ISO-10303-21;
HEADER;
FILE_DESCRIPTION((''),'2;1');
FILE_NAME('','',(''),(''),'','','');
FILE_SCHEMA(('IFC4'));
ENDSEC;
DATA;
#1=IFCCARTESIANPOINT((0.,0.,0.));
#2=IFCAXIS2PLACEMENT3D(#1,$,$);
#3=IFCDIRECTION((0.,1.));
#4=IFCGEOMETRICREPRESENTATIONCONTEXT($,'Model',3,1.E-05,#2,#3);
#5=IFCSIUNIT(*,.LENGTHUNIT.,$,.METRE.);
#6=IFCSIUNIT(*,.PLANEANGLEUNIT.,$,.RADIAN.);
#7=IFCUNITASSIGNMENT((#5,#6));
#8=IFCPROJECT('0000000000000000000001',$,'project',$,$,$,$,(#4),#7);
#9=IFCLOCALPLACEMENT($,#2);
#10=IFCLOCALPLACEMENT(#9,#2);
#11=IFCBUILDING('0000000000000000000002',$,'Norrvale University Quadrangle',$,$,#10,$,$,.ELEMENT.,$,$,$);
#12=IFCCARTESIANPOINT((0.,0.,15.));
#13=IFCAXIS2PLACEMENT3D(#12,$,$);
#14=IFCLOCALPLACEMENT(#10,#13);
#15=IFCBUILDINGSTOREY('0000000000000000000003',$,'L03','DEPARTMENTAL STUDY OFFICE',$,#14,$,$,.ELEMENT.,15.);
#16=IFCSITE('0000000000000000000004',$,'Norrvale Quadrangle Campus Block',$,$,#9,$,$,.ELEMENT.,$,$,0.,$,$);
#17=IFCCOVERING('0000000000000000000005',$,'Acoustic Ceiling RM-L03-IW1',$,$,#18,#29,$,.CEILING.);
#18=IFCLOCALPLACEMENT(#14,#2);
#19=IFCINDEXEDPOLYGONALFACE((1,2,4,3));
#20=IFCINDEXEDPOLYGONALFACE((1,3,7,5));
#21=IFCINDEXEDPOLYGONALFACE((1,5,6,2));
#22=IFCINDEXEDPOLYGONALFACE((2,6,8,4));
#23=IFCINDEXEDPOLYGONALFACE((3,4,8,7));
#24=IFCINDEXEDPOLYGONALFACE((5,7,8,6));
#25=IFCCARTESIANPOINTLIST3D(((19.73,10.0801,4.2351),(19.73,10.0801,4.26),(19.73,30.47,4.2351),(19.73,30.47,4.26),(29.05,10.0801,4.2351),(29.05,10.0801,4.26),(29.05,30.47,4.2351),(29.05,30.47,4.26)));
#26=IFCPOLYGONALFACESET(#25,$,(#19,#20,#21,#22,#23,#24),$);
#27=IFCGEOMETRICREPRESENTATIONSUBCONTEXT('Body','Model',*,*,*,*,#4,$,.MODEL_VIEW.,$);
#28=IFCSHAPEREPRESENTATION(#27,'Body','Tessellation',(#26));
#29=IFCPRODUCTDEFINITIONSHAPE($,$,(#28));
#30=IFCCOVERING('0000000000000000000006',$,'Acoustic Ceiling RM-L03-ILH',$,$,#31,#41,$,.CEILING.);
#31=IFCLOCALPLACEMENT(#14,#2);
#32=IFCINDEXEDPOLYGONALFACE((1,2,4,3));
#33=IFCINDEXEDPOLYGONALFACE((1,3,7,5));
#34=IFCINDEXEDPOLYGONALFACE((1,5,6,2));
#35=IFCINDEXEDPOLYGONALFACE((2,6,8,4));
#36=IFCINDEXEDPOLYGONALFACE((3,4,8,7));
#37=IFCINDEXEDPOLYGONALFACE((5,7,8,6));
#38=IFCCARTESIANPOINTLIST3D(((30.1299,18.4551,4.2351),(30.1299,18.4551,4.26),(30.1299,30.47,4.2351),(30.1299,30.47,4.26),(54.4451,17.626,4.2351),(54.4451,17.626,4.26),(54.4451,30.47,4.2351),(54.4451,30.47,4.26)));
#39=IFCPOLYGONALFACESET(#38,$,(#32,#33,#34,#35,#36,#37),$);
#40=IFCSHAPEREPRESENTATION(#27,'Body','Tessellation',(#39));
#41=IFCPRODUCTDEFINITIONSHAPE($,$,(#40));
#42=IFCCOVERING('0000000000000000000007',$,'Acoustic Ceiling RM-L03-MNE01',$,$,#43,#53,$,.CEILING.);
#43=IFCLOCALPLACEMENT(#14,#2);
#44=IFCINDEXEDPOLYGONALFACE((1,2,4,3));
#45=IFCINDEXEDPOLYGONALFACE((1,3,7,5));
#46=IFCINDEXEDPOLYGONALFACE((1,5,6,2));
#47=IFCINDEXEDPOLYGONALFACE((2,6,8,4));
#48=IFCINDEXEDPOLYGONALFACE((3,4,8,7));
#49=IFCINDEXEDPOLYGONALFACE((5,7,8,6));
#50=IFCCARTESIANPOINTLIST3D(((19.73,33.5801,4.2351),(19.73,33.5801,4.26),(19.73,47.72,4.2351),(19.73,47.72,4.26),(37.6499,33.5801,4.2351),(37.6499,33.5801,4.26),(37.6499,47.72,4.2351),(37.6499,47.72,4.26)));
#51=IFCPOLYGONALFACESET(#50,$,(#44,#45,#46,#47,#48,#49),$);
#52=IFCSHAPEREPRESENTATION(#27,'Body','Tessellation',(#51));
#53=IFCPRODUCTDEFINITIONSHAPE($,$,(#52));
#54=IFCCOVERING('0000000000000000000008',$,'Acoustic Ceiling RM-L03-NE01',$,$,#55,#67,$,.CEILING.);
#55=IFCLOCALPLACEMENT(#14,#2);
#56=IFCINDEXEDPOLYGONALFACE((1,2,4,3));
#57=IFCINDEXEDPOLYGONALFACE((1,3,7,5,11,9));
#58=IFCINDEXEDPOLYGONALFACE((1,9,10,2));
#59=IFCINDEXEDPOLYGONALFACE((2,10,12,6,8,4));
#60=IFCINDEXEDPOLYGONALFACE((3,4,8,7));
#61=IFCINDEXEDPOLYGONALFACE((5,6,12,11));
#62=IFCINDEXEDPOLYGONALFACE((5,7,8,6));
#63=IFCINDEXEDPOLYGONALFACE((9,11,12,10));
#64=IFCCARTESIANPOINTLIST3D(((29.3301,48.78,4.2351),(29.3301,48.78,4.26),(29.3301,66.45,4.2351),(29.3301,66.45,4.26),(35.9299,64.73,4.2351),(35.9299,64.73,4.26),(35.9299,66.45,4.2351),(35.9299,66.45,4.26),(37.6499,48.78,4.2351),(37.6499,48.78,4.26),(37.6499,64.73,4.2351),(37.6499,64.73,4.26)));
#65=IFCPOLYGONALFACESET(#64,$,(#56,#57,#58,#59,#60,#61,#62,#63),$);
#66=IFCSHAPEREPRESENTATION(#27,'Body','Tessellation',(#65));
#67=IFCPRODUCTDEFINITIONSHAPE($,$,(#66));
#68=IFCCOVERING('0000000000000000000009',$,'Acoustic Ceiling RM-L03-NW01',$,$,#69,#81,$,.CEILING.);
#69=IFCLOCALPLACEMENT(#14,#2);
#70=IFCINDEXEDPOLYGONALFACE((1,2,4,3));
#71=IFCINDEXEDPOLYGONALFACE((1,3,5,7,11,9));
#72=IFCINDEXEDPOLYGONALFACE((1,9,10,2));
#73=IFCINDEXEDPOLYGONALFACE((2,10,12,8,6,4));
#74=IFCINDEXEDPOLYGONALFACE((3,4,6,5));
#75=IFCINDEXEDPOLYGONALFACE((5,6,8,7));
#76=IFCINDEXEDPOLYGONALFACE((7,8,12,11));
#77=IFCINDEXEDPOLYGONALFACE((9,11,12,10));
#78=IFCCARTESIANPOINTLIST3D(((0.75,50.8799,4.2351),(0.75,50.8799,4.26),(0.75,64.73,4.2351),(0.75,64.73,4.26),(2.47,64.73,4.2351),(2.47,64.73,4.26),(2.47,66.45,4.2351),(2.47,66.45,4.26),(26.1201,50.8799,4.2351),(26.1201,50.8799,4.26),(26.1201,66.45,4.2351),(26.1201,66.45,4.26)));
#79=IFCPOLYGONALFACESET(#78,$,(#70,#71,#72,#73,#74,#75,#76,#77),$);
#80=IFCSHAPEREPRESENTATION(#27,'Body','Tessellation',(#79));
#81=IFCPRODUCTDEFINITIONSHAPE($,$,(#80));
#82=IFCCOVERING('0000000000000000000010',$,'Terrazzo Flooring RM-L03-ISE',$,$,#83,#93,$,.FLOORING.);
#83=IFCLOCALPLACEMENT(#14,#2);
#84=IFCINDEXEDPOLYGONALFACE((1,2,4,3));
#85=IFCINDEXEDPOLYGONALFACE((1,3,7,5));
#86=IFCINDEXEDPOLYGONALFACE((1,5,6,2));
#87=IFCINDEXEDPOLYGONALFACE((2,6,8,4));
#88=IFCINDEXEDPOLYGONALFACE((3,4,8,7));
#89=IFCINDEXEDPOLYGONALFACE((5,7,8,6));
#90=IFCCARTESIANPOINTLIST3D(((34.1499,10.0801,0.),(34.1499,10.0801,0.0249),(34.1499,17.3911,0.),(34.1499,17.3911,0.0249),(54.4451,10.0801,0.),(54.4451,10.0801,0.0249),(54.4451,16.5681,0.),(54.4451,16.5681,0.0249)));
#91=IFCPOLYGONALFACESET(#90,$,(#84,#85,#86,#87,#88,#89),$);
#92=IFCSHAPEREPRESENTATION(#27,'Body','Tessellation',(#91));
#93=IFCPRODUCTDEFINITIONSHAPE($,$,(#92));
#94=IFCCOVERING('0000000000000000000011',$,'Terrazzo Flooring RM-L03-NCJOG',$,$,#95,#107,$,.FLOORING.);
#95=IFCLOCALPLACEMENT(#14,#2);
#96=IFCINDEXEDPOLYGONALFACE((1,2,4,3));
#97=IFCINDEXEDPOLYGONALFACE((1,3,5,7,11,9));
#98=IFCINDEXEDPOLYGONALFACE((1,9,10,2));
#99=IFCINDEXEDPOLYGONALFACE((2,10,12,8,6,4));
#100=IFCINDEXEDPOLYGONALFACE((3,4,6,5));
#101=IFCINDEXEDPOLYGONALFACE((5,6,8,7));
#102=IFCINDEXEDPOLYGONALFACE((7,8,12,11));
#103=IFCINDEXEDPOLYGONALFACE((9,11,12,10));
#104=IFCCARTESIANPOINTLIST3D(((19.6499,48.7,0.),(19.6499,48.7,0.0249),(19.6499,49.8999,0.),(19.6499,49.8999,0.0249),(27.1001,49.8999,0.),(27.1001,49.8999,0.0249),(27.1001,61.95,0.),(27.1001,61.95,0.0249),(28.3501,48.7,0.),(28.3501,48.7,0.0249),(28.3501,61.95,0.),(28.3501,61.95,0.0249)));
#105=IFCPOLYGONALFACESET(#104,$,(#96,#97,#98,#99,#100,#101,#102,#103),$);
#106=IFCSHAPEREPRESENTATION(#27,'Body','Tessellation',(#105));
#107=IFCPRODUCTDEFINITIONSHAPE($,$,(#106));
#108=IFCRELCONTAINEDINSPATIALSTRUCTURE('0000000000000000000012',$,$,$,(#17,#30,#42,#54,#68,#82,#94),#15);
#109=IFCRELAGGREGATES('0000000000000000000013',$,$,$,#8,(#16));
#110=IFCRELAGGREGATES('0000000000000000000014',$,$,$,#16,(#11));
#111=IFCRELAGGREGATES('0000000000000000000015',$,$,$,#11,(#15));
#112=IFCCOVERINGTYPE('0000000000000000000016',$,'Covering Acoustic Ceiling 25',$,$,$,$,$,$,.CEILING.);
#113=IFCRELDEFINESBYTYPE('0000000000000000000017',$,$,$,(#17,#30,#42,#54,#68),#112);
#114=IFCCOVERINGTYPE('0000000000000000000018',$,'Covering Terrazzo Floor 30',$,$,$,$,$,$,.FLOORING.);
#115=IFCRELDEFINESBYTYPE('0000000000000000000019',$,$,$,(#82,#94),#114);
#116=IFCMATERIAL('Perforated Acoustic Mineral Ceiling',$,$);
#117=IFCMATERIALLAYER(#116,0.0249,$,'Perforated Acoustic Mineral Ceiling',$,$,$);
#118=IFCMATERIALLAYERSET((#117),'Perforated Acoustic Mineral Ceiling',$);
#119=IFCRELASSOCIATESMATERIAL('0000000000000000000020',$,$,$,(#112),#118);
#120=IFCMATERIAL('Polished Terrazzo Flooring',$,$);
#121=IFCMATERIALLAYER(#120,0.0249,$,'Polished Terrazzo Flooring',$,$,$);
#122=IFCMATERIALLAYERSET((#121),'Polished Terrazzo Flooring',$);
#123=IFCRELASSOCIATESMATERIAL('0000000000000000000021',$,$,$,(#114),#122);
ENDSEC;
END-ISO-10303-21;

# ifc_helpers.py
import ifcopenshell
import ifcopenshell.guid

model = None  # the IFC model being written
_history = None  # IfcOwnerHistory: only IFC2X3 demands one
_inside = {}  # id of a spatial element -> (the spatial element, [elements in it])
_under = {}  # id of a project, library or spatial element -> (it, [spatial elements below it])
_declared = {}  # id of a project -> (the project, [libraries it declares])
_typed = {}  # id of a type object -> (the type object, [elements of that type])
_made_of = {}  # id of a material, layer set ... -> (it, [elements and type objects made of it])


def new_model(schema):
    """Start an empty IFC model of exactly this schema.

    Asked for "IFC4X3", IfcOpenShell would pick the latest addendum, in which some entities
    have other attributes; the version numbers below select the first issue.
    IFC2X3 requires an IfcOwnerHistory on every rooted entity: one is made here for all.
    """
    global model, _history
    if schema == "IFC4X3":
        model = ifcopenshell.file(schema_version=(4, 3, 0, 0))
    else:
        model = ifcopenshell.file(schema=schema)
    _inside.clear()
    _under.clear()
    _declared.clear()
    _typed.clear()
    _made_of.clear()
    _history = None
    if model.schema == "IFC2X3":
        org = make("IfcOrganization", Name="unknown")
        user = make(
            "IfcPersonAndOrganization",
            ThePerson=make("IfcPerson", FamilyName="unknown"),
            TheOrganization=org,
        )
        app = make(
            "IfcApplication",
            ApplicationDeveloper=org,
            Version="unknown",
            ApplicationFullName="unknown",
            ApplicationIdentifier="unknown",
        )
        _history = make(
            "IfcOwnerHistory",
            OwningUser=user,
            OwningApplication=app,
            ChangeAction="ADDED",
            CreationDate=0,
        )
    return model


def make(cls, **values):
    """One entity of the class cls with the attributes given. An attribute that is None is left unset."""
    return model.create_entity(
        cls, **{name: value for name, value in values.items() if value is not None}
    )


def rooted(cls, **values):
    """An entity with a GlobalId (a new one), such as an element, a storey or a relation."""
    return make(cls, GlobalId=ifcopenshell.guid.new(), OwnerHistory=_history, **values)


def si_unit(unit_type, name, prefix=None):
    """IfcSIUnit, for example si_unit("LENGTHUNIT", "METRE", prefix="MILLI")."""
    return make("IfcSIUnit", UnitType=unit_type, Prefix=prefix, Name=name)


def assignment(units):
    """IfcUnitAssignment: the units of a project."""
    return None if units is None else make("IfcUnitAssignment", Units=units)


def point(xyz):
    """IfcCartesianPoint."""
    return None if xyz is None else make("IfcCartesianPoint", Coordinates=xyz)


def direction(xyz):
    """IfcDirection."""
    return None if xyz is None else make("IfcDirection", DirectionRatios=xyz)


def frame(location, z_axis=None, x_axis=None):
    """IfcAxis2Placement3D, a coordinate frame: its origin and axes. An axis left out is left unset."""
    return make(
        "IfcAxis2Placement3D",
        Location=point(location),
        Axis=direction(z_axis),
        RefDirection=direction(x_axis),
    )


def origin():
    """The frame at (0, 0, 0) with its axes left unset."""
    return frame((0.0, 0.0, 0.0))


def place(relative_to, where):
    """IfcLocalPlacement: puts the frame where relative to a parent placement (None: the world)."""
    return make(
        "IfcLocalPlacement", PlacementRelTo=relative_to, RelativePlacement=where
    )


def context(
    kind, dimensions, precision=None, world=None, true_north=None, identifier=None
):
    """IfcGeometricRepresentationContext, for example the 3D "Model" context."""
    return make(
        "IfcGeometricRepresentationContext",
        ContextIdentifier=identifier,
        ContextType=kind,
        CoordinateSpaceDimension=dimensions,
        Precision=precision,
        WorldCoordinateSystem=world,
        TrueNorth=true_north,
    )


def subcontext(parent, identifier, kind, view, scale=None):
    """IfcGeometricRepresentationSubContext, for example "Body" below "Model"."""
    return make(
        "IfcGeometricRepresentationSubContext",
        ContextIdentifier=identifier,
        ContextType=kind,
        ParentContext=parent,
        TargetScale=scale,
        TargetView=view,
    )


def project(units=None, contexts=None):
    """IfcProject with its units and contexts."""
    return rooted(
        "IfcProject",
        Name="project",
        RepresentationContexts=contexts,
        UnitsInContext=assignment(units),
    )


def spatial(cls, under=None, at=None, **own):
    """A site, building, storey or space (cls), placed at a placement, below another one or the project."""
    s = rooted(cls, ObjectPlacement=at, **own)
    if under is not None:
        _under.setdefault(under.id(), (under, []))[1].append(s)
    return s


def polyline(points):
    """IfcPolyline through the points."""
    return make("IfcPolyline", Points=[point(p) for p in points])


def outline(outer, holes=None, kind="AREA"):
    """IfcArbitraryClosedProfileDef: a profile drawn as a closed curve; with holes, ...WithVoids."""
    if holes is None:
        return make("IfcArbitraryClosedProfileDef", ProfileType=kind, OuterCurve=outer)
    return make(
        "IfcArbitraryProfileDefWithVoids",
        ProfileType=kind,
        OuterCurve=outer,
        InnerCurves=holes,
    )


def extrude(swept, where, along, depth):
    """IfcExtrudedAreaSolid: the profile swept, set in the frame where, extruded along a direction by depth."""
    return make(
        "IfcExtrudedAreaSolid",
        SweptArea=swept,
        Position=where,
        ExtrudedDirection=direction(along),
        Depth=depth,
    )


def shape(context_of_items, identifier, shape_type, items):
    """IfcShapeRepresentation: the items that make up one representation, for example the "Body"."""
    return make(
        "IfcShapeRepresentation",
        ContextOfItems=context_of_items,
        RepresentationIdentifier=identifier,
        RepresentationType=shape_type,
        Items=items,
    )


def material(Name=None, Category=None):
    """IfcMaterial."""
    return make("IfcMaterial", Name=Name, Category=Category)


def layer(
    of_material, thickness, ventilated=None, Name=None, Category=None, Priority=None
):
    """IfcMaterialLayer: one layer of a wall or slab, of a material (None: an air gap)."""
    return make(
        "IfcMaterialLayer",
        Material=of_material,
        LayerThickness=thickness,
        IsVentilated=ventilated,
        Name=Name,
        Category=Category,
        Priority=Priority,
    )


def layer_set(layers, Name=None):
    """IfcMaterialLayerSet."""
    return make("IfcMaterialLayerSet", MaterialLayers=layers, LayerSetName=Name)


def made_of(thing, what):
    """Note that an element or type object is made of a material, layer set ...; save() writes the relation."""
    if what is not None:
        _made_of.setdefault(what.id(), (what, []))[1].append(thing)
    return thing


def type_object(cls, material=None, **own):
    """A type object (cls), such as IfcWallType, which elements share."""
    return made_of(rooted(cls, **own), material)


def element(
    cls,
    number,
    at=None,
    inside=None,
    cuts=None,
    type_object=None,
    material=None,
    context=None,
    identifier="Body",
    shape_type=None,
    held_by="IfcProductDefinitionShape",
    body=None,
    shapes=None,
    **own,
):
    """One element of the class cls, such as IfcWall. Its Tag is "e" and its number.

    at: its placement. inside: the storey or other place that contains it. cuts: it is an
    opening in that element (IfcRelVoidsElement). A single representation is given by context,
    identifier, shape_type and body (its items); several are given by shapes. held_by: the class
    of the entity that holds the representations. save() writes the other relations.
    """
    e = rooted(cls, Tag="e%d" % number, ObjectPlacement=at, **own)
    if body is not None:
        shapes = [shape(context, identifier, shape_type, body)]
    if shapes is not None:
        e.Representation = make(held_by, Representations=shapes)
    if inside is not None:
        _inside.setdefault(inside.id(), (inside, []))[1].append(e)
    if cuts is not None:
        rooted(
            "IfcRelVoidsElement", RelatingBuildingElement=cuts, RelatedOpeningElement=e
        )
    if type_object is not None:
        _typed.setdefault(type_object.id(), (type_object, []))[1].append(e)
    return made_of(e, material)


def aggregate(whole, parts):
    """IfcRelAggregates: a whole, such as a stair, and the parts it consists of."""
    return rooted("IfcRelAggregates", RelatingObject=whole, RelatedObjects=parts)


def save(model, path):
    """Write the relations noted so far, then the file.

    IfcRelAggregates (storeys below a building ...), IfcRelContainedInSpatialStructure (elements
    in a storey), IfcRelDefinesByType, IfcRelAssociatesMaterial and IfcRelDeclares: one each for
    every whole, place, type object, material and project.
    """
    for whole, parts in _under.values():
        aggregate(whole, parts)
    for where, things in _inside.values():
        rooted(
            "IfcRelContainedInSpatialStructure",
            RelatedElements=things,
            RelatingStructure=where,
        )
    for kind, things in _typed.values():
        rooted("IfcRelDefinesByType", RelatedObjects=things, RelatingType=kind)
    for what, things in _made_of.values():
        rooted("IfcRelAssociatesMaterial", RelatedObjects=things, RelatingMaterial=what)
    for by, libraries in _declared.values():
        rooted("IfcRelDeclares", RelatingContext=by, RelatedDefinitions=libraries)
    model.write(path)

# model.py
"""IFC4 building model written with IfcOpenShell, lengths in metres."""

from ifc_helpers import new_model, si_unit, direction, frame, origin, place, context, subcontext, project, spatial, polyline, outline, extrude, material, layer, layer_set, type_object, element, save


model = new_model("IFC4")

# Units and contexts
model_context = context("Model", 3, precision=1e-05, world=origin(), true_north=direction((0.0, 1.0)))
body_context = subcontext(model_context, "Body", "Model", "MODEL_VIEW")
ifc_project = project(units=[si_unit("LENGTHUNIT", "METRE"), si_unit("PLANEANGLEUNIT", "RADIAN")], contexts=[model_context])

# Site, building, storey
site_placement = place(None, origin())
site = spatial("IfcSite", under=ifc_project, at=site_placement, Name="Norrvale Quadrangle Campus Block", CompositionType="ELEMENT", RefElevation=0.0)
building_placement = place(site_placement, origin())
building = spatial("IfcBuilding", under=site, at=building_placement, Name="Norrvale University Quadrangle", CompositionType="ELEMENT")
storey_placement = place(building_placement, frame((0.0, 0.0, 15.0)))
storey = spatial("IfcBuildingStorey", under=building, at=storey_placement, Name="L03", Description="DEPARTMENTAL STUDY OFFICE", CompositionType="ELEMENT", Elevation=15.0)

# Coverings
ifc_material_1 = material(Name="Perforated Acoustic Mineral Ceiling")
ifc_layer_1 = layer(ifc_material_1, 0.0249, Name="Perforated Acoustic Mineral Ceiling")
ifc_layer_set_1 = layer_set([ifc_layer_1], Name="Perforated Acoustic Mineral Ceiling")
covering_type_1 = type_object("IfcCoveringType", Name="Covering Acoustic Ceiling 25", PredefinedType="CEILING", material=ifc_layer_set_1)
covering_1_placement = place(storey_placement, frame((0.0, 0.0, 4.2351)))
element("IfcCovering", 1, at=covering_1_placement, inside=storey, type_object=covering_type_1, Name="Acoustic Ceiling RM-L03-IW1", PredefinedType="CEILING", context=body_context, shape_type="SweptSolid", body=[
    extrude(outline(polyline([(19.73, 10.0801), (19.73, 30.47), (29.05, 30.47), (29.05, 10.0801), (19.73, 10.0801)])), origin(), (0.0, 0.0, 1.0), 0.0249),
])
covering_2_placement = place(storey_placement, frame((0.0, 0.0, 4.2351)))
element("IfcCovering", 2, at=covering_2_placement, inside=storey, type_object=covering_type_1, Name="Acoustic Ceiling RM-L03-ILH", PredefinedType="CEILING", context=body_context, shape_type="SweptSolid", body=[
    extrude(outline(polyline([(30.1299, 18.4551), (30.1299, 30.47), (54.4451, 30.47), (54.4451, 17.626), (30.1299, 18.4551)])), origin(), (0.0, 0.0, 1.0), 0.0249),
])
covering_3_placement = place(storey_placement, frame((0.0, 0.0, 4.2351)))
element("IfcCovering", 3, at=covering_3_placement, inside=storey, type_object=covering_type_1, Name="Acoustic Ceiling RM-L03-MNE01", PredefinedType="CEILING", context=body_context, shape_type="SweptSolid", body=[
    extrude(outline(polyline([(19.73, 47.72), (37.6499, 47.72), (37.6499, 33.5801), (19.73, 33.5801), (19.73, 47.72)])), origin(), (0.0, 0.0, 1.0), 0.0249),
])
covering_4_placement = place(storey_placement, frame((0.0, 0.0, 4.2351)))
element("IfcCovering", 4, at=covering_4_placement, inside=storey, type_object=covering_type_1, Name="Acoustic Ceiling RM-L03-NE01", PredefinedType="CEILING", context=body_context, shape_type="SweptSolid", body=[
    extrude(outline(polyline([(37.6499, 48.78), (29.3301, 48.78), (29.3301, 66.45), (35.9299, 66.45), (35.9299, 64.73), (37.6499, 64.73), (37.6499, 48.78)])), origin(), (0.0, 0.0, 1.0), 0.0249),
])
covering_5_placement = place(storey_placement, frame((0.0, 0.0, 4.2351)))
element("IfcCovering", 5, at=covering_5_placement, inside=storey, type_object=covering_type_1, Name="Acoustic Ceiling RM-L03-NW01", PredefinedType="CEILING", context=body_context, shape_type="SweptSolid", body=[
    extrude(outline(polyline([(26.1201, 66.45), (26.1201, 50.8799), (0.75, 50.8799), (0.75, 64.73), (2.47, 64.73), (2.47, 66.45), (26.1201, 66.45)])), origin(), (0.0, 0.0, 1.0), 0.0249),
])
ifc_material_2 = material(Name="Polished Terrazzo Flooring")
ifc_layer_2 = layer(ifc_material_2, 0.0249, Name="Polished Terrazzo Flooring")
ifc_layer_set_2 = layer_set([ifc_layer_2], Name="Polished Terrazzo Flooring")
covering_type_2 = type_object("IfcCoveringType", Name="Covering Terrazzo Floor 30", PredefinedType="FLOORING", material=ifc_layer_set_2)
covering_6_placement = place(storey_placement, origin())
element("IfcCovering", 6, at=covering_6_placement, inside=storey, type_object=covering_type_2, Name="Terrazzo Flooring RM-L03-ISE", PredefinedType="FLOORING", context=body_context, shape_type="SweptSolid", body=[
    extrude(outline(polyline([(34.1499, 10.0801), (34.1499, 17.3911), (54.4451, 16.5681), (54.4451, 10.0801), (34.1499, 10.0801)])), origin(), (0.0, 0.0, 1.0), 0.0249),
])
covering_7_placement = place(storey_placement, origin())
element("IfcCovering", 7, at=covering_7_placement, inside=storey, type_object=covering_type_2, Name="Terrazzo Flooring RM-L03-NCJOG", PredefinedType="FLOORING", context=body_context, shape_type="SweptSolid", body=[
    extrude(outline(polyline([(19.6499, 48.7), (19.6499, 49.8999), (27.1001, 49.8999), (27.1001, 61.95), (28.3501, 61.95), (28.3501, 48.7), (19.6499, 48.7)])), origin(), (0.0, 0.0, 1.0), 0.0249),
])

save(model, "model.ifc")
